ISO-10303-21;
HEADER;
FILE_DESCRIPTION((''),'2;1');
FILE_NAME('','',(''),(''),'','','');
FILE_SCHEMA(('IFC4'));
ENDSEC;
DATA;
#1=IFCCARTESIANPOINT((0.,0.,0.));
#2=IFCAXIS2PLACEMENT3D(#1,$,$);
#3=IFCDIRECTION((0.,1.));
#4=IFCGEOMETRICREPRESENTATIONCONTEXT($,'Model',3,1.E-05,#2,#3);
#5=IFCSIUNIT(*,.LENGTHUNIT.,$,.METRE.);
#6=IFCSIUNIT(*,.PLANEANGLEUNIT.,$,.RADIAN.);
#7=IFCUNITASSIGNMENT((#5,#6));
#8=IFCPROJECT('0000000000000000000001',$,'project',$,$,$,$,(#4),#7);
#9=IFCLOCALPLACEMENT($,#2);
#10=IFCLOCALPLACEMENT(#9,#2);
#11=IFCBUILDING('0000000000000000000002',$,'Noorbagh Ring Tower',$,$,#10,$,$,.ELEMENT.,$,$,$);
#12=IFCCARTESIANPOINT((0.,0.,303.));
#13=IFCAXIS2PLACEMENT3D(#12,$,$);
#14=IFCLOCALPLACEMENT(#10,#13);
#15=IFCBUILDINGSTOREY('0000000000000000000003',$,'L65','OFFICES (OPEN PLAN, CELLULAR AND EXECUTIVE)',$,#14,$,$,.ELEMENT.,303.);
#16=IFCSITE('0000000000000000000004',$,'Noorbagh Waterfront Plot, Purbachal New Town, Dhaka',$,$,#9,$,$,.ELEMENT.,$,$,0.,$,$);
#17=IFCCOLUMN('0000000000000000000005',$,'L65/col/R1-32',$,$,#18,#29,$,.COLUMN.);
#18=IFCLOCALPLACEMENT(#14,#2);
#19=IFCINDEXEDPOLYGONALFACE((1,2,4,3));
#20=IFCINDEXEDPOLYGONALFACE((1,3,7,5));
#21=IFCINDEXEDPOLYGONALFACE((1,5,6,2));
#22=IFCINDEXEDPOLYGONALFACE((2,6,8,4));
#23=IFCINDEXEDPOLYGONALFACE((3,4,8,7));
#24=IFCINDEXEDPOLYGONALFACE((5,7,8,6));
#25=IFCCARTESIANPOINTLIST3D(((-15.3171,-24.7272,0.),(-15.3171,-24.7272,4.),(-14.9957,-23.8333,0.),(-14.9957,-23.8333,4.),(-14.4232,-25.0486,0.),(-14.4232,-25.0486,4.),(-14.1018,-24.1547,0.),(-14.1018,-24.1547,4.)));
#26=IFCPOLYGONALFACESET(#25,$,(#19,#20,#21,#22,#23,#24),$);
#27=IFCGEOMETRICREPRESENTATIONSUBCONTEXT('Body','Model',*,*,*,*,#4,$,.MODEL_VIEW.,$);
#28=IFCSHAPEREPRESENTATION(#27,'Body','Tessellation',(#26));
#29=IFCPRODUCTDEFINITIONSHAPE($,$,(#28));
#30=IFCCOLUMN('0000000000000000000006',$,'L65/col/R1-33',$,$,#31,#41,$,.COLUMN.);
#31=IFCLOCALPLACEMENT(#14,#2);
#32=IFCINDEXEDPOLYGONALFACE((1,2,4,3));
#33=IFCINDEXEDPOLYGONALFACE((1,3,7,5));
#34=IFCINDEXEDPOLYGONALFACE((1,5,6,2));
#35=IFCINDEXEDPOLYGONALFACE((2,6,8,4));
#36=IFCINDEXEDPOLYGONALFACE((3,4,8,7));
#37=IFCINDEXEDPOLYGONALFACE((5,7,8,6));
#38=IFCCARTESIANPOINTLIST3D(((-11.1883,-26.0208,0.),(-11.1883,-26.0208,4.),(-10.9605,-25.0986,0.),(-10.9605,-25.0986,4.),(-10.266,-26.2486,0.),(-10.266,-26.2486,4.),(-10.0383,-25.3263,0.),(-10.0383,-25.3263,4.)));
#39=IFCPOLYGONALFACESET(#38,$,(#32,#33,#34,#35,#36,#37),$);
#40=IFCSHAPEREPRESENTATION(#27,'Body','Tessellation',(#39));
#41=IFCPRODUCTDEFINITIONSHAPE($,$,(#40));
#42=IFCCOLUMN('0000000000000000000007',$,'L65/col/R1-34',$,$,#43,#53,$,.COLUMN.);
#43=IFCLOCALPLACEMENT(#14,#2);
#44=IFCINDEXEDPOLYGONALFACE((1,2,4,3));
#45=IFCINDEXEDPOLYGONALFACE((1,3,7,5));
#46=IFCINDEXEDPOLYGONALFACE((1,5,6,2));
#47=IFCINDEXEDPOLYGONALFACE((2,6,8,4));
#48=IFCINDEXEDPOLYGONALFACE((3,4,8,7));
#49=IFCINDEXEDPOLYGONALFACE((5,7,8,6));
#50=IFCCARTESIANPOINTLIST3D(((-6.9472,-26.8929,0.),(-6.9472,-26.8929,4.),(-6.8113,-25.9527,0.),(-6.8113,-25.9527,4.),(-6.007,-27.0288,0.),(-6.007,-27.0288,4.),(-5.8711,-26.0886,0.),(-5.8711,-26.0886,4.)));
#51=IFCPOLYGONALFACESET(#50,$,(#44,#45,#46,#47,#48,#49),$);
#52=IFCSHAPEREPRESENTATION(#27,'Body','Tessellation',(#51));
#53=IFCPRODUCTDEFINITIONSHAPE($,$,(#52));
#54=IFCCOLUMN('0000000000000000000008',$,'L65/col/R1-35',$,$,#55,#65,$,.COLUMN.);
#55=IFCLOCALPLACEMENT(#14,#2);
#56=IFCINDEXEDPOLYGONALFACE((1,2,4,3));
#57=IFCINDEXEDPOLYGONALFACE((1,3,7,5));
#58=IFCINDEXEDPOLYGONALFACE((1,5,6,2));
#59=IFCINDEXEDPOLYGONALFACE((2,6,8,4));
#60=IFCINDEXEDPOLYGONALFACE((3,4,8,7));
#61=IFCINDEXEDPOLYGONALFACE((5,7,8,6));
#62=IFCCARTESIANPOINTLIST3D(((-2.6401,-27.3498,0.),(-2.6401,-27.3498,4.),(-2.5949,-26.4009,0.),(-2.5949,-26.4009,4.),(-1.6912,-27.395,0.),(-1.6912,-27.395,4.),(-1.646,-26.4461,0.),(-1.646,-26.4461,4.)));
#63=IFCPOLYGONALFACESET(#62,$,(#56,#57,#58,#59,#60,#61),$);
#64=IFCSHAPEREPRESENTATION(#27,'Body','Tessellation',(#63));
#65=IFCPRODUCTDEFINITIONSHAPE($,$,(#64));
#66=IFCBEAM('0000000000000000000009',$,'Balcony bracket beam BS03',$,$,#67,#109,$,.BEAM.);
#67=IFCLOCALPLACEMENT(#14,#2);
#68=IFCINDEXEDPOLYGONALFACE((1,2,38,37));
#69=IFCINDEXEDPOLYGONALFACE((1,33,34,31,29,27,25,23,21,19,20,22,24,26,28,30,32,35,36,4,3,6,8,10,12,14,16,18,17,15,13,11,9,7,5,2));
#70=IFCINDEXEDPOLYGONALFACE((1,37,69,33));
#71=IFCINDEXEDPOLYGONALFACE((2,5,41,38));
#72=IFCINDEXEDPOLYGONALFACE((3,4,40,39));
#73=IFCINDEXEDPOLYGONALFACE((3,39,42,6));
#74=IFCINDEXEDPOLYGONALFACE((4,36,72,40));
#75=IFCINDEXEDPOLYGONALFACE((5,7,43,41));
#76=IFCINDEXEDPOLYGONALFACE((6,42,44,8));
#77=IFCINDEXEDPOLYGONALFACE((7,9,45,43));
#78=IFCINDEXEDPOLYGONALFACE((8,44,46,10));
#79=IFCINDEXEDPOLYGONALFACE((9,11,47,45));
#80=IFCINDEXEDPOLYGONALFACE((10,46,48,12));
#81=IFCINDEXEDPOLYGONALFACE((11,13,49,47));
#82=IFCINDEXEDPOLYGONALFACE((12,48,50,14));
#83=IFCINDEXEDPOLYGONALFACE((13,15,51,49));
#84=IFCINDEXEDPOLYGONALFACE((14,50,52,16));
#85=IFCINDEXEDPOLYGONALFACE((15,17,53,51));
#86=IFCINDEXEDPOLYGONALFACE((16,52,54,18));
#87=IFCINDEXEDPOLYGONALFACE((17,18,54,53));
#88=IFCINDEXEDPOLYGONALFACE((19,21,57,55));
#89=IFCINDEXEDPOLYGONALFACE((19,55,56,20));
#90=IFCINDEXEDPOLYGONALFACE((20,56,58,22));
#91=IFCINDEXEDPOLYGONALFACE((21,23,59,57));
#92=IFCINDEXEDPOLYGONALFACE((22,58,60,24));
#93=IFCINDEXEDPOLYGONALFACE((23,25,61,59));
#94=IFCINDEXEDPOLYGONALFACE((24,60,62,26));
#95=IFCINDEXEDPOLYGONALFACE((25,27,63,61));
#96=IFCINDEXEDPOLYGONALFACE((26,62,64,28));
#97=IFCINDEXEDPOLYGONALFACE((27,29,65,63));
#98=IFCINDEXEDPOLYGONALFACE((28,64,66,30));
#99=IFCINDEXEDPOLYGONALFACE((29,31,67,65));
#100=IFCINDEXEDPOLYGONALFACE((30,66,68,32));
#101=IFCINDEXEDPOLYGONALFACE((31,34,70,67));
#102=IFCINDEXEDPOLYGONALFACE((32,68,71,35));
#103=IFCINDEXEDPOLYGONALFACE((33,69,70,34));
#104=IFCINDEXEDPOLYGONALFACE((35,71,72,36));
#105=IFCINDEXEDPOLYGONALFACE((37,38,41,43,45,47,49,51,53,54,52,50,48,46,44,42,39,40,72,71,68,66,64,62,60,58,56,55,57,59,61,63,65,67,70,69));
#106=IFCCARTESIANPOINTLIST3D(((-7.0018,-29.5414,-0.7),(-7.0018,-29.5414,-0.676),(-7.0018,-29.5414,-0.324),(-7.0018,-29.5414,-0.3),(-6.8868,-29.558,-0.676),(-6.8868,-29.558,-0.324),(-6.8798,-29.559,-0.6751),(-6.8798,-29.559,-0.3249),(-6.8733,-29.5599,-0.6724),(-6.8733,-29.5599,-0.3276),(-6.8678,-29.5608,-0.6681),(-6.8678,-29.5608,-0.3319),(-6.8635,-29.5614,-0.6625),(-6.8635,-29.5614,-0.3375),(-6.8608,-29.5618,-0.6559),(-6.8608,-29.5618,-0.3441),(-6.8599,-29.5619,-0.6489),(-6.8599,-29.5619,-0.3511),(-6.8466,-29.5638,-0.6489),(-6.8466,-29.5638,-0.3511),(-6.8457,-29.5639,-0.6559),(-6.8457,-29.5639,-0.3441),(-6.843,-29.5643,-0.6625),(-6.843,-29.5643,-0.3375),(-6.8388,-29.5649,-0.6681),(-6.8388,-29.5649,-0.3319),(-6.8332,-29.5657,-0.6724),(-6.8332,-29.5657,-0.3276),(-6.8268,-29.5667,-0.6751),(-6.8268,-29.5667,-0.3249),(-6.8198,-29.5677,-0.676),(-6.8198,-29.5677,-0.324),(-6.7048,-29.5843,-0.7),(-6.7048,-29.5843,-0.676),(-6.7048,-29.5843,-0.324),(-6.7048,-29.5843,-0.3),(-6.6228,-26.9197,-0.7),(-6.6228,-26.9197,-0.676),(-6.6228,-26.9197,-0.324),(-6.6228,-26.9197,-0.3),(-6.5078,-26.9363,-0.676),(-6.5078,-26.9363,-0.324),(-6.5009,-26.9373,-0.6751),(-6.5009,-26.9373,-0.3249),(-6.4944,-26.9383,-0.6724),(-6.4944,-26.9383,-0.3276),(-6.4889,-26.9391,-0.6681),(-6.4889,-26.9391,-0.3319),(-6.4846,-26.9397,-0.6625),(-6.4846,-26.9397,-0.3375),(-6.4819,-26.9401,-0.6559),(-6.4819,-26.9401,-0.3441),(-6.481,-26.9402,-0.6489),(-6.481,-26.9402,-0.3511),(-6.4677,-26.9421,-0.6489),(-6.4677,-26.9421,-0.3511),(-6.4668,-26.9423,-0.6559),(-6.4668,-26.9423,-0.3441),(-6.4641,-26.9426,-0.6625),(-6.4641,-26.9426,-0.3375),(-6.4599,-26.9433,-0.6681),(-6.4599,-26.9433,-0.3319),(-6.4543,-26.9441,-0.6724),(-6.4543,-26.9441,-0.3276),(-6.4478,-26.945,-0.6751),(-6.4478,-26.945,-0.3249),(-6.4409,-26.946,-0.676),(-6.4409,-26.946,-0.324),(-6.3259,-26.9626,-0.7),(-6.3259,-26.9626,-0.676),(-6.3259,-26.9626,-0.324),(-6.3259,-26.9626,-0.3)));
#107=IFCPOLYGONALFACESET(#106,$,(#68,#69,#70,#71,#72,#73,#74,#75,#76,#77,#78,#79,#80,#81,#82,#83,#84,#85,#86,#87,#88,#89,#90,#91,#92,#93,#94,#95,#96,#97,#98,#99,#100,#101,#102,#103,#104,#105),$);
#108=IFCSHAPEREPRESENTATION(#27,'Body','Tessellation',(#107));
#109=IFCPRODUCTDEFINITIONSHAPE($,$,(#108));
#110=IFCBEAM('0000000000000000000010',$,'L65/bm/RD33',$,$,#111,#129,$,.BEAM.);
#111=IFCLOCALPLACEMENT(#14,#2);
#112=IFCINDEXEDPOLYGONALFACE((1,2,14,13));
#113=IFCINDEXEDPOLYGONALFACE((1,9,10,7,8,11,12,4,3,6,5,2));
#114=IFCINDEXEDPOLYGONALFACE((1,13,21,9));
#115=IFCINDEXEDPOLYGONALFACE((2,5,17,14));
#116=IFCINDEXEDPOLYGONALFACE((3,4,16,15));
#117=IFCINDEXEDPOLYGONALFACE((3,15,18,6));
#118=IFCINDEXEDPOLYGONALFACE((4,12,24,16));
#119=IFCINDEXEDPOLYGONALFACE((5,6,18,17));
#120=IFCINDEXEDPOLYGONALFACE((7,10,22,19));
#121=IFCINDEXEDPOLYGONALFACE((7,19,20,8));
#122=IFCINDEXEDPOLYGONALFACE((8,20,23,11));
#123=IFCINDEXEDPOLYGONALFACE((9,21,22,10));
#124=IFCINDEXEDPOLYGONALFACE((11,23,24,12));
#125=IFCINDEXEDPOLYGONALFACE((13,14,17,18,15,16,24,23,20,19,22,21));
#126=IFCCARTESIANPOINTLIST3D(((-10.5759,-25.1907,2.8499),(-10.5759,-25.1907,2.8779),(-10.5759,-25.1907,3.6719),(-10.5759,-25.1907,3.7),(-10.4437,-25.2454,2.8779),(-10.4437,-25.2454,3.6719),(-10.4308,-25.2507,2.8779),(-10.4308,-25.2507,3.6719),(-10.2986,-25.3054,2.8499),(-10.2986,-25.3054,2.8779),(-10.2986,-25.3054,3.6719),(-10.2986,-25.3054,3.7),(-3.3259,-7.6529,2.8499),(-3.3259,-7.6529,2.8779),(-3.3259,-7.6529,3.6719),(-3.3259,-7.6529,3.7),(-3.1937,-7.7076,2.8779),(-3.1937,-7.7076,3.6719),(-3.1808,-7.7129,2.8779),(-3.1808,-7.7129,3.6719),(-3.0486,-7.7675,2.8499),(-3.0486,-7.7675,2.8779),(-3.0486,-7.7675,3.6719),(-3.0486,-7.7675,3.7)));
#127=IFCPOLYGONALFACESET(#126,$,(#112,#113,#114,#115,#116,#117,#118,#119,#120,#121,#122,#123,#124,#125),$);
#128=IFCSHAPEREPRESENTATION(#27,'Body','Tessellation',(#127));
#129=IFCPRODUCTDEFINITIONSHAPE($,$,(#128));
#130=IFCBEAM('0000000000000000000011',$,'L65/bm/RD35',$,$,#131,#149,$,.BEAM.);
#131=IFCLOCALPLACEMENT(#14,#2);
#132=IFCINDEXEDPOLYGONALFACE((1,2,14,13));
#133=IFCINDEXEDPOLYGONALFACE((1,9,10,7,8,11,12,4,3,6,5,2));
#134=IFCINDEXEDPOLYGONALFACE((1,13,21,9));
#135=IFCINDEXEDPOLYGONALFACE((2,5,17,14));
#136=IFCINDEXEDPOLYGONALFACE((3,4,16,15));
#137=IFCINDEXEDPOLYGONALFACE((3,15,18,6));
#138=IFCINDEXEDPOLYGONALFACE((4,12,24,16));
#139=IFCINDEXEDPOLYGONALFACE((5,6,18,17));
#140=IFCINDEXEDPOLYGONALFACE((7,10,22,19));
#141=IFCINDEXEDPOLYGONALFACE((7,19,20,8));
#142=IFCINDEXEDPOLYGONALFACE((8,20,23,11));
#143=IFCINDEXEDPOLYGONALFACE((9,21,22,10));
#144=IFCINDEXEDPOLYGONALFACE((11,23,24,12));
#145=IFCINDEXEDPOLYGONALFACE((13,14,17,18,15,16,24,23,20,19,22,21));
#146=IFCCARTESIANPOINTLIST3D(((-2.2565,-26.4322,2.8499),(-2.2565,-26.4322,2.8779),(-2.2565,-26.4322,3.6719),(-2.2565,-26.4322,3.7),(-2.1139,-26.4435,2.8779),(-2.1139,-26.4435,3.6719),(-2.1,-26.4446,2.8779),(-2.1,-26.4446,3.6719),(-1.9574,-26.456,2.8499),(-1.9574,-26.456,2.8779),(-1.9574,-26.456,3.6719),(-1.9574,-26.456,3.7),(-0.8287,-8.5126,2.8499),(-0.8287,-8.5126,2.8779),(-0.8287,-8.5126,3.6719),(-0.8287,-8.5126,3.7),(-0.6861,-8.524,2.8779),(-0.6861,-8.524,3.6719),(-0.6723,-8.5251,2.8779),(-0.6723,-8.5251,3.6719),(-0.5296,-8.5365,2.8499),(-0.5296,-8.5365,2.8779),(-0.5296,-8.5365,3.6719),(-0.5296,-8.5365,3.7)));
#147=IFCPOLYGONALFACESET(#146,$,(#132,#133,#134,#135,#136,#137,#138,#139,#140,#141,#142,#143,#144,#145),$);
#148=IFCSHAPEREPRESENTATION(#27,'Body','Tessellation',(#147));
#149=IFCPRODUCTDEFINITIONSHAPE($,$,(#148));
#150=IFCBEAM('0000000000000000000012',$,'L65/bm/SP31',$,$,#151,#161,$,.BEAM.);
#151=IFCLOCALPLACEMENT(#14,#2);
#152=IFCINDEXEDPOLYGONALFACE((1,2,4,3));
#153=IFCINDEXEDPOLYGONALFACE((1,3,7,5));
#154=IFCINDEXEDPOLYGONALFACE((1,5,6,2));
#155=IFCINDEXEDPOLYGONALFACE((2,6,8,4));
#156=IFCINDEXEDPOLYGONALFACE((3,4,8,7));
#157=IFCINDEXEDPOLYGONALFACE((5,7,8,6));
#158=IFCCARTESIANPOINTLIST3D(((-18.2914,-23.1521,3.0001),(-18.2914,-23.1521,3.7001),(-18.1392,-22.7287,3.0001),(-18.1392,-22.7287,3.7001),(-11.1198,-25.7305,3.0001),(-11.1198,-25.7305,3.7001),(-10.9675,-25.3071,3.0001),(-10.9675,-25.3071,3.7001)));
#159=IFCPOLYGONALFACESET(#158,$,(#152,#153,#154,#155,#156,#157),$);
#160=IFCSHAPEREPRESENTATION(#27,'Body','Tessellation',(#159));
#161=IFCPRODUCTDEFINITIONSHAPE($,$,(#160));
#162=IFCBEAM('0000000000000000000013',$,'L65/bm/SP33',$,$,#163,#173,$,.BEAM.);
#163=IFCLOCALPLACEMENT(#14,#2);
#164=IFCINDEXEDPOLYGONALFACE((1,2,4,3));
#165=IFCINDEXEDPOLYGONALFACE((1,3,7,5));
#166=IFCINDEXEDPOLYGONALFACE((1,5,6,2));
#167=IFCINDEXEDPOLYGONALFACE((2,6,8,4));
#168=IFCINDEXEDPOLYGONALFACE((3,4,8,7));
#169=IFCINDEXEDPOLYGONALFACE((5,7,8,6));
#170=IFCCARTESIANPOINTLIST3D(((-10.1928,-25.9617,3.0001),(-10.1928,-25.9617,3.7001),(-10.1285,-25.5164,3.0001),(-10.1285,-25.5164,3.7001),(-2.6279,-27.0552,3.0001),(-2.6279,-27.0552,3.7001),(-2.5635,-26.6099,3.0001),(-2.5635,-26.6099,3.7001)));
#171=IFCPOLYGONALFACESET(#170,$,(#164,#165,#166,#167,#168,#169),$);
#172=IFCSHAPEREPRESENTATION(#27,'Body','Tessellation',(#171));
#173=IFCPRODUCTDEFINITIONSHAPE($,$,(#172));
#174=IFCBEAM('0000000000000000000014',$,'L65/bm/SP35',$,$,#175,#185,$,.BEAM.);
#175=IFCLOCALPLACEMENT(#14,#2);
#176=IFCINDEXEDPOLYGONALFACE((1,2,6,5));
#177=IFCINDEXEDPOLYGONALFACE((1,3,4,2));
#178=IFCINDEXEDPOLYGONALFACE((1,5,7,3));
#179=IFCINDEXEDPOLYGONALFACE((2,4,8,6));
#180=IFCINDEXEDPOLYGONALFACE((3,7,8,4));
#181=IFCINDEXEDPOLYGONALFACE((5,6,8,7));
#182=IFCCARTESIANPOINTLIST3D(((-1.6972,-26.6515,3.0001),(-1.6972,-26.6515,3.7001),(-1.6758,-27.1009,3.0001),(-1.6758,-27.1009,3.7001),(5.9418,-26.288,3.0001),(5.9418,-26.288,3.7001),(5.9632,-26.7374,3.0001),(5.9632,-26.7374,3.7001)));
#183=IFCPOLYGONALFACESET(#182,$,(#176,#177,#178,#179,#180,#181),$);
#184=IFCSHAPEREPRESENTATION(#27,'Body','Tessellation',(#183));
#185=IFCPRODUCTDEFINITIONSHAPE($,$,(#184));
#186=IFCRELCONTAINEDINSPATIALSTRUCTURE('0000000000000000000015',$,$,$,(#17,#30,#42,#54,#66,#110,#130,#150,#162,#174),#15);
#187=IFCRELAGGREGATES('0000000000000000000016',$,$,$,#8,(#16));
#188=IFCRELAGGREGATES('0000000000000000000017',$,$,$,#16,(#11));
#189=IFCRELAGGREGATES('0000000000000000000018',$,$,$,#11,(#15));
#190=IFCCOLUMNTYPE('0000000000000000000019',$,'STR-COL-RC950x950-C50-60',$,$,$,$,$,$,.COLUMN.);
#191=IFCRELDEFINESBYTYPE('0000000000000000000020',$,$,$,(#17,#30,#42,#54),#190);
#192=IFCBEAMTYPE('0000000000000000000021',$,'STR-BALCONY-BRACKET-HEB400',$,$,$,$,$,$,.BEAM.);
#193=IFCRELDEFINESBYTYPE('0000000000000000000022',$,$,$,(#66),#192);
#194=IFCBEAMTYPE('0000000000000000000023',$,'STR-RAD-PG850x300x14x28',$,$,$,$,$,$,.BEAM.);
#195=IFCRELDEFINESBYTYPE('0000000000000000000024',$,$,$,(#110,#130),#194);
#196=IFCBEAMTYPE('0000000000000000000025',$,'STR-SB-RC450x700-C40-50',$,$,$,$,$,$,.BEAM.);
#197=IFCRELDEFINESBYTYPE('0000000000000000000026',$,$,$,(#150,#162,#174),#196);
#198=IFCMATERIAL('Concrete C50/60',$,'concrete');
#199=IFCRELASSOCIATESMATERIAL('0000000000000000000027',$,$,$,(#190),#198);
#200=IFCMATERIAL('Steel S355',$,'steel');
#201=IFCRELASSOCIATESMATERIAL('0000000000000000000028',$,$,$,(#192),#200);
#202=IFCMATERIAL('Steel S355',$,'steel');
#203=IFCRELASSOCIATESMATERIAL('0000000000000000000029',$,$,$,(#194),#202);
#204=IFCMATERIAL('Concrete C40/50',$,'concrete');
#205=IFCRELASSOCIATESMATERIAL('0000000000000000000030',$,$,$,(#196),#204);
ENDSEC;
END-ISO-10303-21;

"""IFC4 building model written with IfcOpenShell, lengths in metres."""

from ifc_helpers import new_model, si_unit, direction, frame, origin, origin_2d, place, context, subcontext, project, spatial, rectangle, i_section, extrude, material, material_profile, profile_set, type_object, element, save


model = new_model("IFC4")

# Units and contexts
model_context = context("Model", 3, precision=1e-05, world=origin(), true_north=direction((0.0, 1.0)))
body_context = subcontext(model_context, "Body", "Model", "MODEL_VIEW")
ifc_project = project(units=[si_unit("LENGTHUNIT", "METRE"), si_unit("PLANEANGLEUNIT", "RADIAN")], contexts=[model_context])

# Site, building, storey
site_placement = place(None, origin())
site = spatial("IfcSite", under=ifc_project, at=site_placement, Name="Noorbagh Waterfront Plot, Purbachal New Town, Dhaka", CompositionType="ELEMENT", RefElevation=0.0)
building_placement = place(site_placement, origin())
building = spatial("IfcBuilding", under=site, at=building_placement, Name="Noorbagh Ring Tower", CompositionType="ELEMENT")
storey_placement = place(building_placement, frame((0.0, 0.0, 303.0)))
storey = spatial("IfcBuildingStorey", under=building, at=storey_placement, Name="L65", Description="OFFICES (OPEN PLAN, CELLULAR AND EXECUTIVE)", CompositionType="ELEMENT", Elevation=303.0)

# Columns
ifc_material_1 = material(Name="Concrete C50/60", Category="concrete")
ifc_material_profile_1 = material_profile(ifc_material_1, rectangle(XDim=0.95, YDim=0.95, at=origin_2d()), Name="RC950x950")
ifc_profile_set_1 = profile_set([ifc_material_profile_1], Name="Concrete C50/60")
column_type = type_object("IfcColumnType", Name="STR-COL-RC950x950-C50-60", PredefinedType="COLUMN", material=ifc_profile_set_1)
for number, where, z_axis, x_axis, name in (
    (1, (-14.7095, -24.4409, 0.0), (0.0, 0.0, 1.0), (0.941025, -0.338338, 0.0), "L65/col/R1-32"),
    (2, (-10.6133, -25.6736, 0.0), (0.0, 0.0, 1.0), (0.970829, -0.239771, 0.0), "L65/col/R1-33"),
    (3, (-6.4092, -26.4907, 0.0), (0.0, 0.0, 1.0), (0.989713, -0.143066, 0.0), "L65/col/R1-34"),
    (4, (-2.1431, -26.8979, 0.0), (0.0, 0.0, 1.0), (0.998869, -0.047553, 0.0), "L65/col/R1-35"),
):
    element("IfcColumn", number, at=place(storey_placement, frame(where, z_axis=z_axis, x_axis=x_axis)), inside=storey, type_object=column_type, Name=name, PredefinedType="COLUMN", context=body_context, shape_type="SweptSolid", body=[
        extrude(rectangle(XDim=0.95, YDim=0.95, at=origin_2d()), origin(), (0.0, 0.0, 1.0), 4.0),
    ])

# Beams
ifc_material_2 = material(Name="Steel S355", Category="steel")
ifc_material_profile_2 = material_profile(ifc_material_2, i_section(OverallWidth=0.3, OverallDepth=0.3999, WebThickness=0.0134, FlangeThickness=0.0239, FilletRadius=0.0271, at=origin_2d()), Name="HEB400")
ifc_profile_set_2 = profile_set([ifc_material_profile_2], Name="Steel S355")
beam_type_1 = type_object("IfcBeamType", Name="STR-BALCONY-BRACKET-HEB400", PredefinedType="BEAM", material=ifc_profile_set_2)
beam_1_placement = place(storey_placement, frame((-6.4744, -26.9412, -0.5), z_axis=(-0.143047, -0.989716, 0.0), x_axis=(0.989716, -0.143047, 0.0)))
element("IfcBeam", 5, at=beam_1_placement, inside=storey, type_object=beam_type_1, Name="Balcony bracket beam BS03", PredefinedType="BEAM", context=body_context, shape_type="SweptSolid", body=[
    extrude(i_section(OverallWidth=0.3, OverallDepth=0.3999, WebThickness=0.0134, FlangeThickness=0.0239, FilletRadius=0.0271, at=origin_2d()), origin(), (0.0, 0.0, 1.0), 2.6489),
])
ifc_material_3 = material(Name="Steel S355", Category="steel")
ifc_material_profile_3 = material_profile(ifc_material_3, i_section(OverallWidth=0.3, OverallDepth=0.8501, WebThickness=0.0139, FlangeThickness=0.0281, at=origin_2d()), Name="PG850x300x14x28")
ifc_profile_set_3 = profile_set([ifc_material_profile_3], Name="Steel S355")
beam_type_2 = type_object("IfcBeamType", Name="STR-RAD-PG850x300x14x28", PredefinedType="BEAM", material=ifc_profile_set_3)
beam_2_placement = place(storey_placement, frame((-10.4373, -25.248, 3.2749), z_axis=(0.382035, 0.924148, 0.0), x_axis=(-0.924148, 0.382035, 0.0)))
element("IfcBeam", 6, at=beam_2_placement, inside=storey, type_object=beam_type_2, Name="L65/bm/RD33", PredefinedType="BEAM", context=body_context, shape_type="SweptSolid", body=[
    extrude(i_section(OverallWidth=0.3, OverallDepth=0.8501, WebThickness=0.0139, FlangeThickness=0.0281, at=origin_2d()), origin(), (0.0, 0.0, 1.0), 18.9773),
])
beam_3_placement = place(storey_placement, frame((-2.1069, -26.4441, 3.2749), z_axis=(0.079423, 0.996841, 0.0), x_axis=(-0.996841, 0.079423, 0.0)))
element("IfcBeam", 7, at=beam_3_placement, inside=storey, type_object=beam_type_2, Name="L65/bm/RD35", PredefinedType="BEAM", context=body_context, shape_type="SweptSolid", body=[
    extrude(i_section(OverallWidth=0.3, OverallDepth=0.8501, WebThickness=0.0139, FlangeThickness=0.0281, at=origin_2d()), origin(), (0.0, 0.0, 1.0), 17.9763),
])
ifc_material_4 = material(Name="Concrete C40/50", Category="concrete")
ifc_material_profile_4 = material_profile(ifc_material_4, rectangle(XDim=0.45, YDim=0.7, at=origin_2d()), Name="RC450x700")
ifc_profile_set_4 = profile_set([ifc_material_profile_4], Name="Concrete C40/50")
beam_type_3 = type_object("IfcBeamType", Name="STR-SB-RC450x700-C40-50", PredefinedType="BEAM", material=ifc_profile_set_4)
beam_4_placement = place(storey_placement, frame((-18.2153, -22.9404, 3.3501), z_axis=(0.94103, -0.338322, 0.0), x_axis=(0.338322, 0.94103, 0.0)))
element("IfcBeam", 8, at=beam_4_placement, inside=storey, type_object=beam_type_3, Name="L65/bm/SP31", PredefinedType="BEAM", context=body_context, shape_type="SweptSolid", body=[
    extrude(rectangle(XDim=0.45, YDim=0.7, at=origin_2d()), origin(), (0.0, 0.0, 1.0), 7.6211),
])
beam_5_placement = place(storey_placement, frame((-10.1606, -25.739, 3.3501), z_axis=(0.989714, -0.143062, 0.0), x_axis=(0.143062, 0.989714, 0.0)))
element("IfcBeam", 9, at=beam_5_placement, inside=storey, type_object=beam_type_3, Name="L65/bm/SP33", PredefinedType="BEAM", context=body_context, shape_type="SweptSolid", body=[
    extrude(rectangle(XDim=0.45, YDim=0.7, at=origin_2d()), origin(), (0.0, 0.0, 1.0), 7.6436),
])
beam_6_placement = place(storey_placement, frame((-1.6865, -26.8762, 3.3501), z_axis=(0.99887, 0.047533, 0.0), x_axis=(-0.047533, 0.99887, 0.0)))
element("IfcBeam", 10, at=beam_6_placement, inside=storey, type_object=beam_type_3, Name="L65/bm/SP35", PredefinedType="BEAM", context=body_context, shape_type="SweptSolid", body=[
    extrude(rectangle(XDim=0.45, YDim=0.7, at=origin_2d()), origin(), (0.0, 0.0, 1.0), 7.6477),
])

save(model, "model.ifc")
